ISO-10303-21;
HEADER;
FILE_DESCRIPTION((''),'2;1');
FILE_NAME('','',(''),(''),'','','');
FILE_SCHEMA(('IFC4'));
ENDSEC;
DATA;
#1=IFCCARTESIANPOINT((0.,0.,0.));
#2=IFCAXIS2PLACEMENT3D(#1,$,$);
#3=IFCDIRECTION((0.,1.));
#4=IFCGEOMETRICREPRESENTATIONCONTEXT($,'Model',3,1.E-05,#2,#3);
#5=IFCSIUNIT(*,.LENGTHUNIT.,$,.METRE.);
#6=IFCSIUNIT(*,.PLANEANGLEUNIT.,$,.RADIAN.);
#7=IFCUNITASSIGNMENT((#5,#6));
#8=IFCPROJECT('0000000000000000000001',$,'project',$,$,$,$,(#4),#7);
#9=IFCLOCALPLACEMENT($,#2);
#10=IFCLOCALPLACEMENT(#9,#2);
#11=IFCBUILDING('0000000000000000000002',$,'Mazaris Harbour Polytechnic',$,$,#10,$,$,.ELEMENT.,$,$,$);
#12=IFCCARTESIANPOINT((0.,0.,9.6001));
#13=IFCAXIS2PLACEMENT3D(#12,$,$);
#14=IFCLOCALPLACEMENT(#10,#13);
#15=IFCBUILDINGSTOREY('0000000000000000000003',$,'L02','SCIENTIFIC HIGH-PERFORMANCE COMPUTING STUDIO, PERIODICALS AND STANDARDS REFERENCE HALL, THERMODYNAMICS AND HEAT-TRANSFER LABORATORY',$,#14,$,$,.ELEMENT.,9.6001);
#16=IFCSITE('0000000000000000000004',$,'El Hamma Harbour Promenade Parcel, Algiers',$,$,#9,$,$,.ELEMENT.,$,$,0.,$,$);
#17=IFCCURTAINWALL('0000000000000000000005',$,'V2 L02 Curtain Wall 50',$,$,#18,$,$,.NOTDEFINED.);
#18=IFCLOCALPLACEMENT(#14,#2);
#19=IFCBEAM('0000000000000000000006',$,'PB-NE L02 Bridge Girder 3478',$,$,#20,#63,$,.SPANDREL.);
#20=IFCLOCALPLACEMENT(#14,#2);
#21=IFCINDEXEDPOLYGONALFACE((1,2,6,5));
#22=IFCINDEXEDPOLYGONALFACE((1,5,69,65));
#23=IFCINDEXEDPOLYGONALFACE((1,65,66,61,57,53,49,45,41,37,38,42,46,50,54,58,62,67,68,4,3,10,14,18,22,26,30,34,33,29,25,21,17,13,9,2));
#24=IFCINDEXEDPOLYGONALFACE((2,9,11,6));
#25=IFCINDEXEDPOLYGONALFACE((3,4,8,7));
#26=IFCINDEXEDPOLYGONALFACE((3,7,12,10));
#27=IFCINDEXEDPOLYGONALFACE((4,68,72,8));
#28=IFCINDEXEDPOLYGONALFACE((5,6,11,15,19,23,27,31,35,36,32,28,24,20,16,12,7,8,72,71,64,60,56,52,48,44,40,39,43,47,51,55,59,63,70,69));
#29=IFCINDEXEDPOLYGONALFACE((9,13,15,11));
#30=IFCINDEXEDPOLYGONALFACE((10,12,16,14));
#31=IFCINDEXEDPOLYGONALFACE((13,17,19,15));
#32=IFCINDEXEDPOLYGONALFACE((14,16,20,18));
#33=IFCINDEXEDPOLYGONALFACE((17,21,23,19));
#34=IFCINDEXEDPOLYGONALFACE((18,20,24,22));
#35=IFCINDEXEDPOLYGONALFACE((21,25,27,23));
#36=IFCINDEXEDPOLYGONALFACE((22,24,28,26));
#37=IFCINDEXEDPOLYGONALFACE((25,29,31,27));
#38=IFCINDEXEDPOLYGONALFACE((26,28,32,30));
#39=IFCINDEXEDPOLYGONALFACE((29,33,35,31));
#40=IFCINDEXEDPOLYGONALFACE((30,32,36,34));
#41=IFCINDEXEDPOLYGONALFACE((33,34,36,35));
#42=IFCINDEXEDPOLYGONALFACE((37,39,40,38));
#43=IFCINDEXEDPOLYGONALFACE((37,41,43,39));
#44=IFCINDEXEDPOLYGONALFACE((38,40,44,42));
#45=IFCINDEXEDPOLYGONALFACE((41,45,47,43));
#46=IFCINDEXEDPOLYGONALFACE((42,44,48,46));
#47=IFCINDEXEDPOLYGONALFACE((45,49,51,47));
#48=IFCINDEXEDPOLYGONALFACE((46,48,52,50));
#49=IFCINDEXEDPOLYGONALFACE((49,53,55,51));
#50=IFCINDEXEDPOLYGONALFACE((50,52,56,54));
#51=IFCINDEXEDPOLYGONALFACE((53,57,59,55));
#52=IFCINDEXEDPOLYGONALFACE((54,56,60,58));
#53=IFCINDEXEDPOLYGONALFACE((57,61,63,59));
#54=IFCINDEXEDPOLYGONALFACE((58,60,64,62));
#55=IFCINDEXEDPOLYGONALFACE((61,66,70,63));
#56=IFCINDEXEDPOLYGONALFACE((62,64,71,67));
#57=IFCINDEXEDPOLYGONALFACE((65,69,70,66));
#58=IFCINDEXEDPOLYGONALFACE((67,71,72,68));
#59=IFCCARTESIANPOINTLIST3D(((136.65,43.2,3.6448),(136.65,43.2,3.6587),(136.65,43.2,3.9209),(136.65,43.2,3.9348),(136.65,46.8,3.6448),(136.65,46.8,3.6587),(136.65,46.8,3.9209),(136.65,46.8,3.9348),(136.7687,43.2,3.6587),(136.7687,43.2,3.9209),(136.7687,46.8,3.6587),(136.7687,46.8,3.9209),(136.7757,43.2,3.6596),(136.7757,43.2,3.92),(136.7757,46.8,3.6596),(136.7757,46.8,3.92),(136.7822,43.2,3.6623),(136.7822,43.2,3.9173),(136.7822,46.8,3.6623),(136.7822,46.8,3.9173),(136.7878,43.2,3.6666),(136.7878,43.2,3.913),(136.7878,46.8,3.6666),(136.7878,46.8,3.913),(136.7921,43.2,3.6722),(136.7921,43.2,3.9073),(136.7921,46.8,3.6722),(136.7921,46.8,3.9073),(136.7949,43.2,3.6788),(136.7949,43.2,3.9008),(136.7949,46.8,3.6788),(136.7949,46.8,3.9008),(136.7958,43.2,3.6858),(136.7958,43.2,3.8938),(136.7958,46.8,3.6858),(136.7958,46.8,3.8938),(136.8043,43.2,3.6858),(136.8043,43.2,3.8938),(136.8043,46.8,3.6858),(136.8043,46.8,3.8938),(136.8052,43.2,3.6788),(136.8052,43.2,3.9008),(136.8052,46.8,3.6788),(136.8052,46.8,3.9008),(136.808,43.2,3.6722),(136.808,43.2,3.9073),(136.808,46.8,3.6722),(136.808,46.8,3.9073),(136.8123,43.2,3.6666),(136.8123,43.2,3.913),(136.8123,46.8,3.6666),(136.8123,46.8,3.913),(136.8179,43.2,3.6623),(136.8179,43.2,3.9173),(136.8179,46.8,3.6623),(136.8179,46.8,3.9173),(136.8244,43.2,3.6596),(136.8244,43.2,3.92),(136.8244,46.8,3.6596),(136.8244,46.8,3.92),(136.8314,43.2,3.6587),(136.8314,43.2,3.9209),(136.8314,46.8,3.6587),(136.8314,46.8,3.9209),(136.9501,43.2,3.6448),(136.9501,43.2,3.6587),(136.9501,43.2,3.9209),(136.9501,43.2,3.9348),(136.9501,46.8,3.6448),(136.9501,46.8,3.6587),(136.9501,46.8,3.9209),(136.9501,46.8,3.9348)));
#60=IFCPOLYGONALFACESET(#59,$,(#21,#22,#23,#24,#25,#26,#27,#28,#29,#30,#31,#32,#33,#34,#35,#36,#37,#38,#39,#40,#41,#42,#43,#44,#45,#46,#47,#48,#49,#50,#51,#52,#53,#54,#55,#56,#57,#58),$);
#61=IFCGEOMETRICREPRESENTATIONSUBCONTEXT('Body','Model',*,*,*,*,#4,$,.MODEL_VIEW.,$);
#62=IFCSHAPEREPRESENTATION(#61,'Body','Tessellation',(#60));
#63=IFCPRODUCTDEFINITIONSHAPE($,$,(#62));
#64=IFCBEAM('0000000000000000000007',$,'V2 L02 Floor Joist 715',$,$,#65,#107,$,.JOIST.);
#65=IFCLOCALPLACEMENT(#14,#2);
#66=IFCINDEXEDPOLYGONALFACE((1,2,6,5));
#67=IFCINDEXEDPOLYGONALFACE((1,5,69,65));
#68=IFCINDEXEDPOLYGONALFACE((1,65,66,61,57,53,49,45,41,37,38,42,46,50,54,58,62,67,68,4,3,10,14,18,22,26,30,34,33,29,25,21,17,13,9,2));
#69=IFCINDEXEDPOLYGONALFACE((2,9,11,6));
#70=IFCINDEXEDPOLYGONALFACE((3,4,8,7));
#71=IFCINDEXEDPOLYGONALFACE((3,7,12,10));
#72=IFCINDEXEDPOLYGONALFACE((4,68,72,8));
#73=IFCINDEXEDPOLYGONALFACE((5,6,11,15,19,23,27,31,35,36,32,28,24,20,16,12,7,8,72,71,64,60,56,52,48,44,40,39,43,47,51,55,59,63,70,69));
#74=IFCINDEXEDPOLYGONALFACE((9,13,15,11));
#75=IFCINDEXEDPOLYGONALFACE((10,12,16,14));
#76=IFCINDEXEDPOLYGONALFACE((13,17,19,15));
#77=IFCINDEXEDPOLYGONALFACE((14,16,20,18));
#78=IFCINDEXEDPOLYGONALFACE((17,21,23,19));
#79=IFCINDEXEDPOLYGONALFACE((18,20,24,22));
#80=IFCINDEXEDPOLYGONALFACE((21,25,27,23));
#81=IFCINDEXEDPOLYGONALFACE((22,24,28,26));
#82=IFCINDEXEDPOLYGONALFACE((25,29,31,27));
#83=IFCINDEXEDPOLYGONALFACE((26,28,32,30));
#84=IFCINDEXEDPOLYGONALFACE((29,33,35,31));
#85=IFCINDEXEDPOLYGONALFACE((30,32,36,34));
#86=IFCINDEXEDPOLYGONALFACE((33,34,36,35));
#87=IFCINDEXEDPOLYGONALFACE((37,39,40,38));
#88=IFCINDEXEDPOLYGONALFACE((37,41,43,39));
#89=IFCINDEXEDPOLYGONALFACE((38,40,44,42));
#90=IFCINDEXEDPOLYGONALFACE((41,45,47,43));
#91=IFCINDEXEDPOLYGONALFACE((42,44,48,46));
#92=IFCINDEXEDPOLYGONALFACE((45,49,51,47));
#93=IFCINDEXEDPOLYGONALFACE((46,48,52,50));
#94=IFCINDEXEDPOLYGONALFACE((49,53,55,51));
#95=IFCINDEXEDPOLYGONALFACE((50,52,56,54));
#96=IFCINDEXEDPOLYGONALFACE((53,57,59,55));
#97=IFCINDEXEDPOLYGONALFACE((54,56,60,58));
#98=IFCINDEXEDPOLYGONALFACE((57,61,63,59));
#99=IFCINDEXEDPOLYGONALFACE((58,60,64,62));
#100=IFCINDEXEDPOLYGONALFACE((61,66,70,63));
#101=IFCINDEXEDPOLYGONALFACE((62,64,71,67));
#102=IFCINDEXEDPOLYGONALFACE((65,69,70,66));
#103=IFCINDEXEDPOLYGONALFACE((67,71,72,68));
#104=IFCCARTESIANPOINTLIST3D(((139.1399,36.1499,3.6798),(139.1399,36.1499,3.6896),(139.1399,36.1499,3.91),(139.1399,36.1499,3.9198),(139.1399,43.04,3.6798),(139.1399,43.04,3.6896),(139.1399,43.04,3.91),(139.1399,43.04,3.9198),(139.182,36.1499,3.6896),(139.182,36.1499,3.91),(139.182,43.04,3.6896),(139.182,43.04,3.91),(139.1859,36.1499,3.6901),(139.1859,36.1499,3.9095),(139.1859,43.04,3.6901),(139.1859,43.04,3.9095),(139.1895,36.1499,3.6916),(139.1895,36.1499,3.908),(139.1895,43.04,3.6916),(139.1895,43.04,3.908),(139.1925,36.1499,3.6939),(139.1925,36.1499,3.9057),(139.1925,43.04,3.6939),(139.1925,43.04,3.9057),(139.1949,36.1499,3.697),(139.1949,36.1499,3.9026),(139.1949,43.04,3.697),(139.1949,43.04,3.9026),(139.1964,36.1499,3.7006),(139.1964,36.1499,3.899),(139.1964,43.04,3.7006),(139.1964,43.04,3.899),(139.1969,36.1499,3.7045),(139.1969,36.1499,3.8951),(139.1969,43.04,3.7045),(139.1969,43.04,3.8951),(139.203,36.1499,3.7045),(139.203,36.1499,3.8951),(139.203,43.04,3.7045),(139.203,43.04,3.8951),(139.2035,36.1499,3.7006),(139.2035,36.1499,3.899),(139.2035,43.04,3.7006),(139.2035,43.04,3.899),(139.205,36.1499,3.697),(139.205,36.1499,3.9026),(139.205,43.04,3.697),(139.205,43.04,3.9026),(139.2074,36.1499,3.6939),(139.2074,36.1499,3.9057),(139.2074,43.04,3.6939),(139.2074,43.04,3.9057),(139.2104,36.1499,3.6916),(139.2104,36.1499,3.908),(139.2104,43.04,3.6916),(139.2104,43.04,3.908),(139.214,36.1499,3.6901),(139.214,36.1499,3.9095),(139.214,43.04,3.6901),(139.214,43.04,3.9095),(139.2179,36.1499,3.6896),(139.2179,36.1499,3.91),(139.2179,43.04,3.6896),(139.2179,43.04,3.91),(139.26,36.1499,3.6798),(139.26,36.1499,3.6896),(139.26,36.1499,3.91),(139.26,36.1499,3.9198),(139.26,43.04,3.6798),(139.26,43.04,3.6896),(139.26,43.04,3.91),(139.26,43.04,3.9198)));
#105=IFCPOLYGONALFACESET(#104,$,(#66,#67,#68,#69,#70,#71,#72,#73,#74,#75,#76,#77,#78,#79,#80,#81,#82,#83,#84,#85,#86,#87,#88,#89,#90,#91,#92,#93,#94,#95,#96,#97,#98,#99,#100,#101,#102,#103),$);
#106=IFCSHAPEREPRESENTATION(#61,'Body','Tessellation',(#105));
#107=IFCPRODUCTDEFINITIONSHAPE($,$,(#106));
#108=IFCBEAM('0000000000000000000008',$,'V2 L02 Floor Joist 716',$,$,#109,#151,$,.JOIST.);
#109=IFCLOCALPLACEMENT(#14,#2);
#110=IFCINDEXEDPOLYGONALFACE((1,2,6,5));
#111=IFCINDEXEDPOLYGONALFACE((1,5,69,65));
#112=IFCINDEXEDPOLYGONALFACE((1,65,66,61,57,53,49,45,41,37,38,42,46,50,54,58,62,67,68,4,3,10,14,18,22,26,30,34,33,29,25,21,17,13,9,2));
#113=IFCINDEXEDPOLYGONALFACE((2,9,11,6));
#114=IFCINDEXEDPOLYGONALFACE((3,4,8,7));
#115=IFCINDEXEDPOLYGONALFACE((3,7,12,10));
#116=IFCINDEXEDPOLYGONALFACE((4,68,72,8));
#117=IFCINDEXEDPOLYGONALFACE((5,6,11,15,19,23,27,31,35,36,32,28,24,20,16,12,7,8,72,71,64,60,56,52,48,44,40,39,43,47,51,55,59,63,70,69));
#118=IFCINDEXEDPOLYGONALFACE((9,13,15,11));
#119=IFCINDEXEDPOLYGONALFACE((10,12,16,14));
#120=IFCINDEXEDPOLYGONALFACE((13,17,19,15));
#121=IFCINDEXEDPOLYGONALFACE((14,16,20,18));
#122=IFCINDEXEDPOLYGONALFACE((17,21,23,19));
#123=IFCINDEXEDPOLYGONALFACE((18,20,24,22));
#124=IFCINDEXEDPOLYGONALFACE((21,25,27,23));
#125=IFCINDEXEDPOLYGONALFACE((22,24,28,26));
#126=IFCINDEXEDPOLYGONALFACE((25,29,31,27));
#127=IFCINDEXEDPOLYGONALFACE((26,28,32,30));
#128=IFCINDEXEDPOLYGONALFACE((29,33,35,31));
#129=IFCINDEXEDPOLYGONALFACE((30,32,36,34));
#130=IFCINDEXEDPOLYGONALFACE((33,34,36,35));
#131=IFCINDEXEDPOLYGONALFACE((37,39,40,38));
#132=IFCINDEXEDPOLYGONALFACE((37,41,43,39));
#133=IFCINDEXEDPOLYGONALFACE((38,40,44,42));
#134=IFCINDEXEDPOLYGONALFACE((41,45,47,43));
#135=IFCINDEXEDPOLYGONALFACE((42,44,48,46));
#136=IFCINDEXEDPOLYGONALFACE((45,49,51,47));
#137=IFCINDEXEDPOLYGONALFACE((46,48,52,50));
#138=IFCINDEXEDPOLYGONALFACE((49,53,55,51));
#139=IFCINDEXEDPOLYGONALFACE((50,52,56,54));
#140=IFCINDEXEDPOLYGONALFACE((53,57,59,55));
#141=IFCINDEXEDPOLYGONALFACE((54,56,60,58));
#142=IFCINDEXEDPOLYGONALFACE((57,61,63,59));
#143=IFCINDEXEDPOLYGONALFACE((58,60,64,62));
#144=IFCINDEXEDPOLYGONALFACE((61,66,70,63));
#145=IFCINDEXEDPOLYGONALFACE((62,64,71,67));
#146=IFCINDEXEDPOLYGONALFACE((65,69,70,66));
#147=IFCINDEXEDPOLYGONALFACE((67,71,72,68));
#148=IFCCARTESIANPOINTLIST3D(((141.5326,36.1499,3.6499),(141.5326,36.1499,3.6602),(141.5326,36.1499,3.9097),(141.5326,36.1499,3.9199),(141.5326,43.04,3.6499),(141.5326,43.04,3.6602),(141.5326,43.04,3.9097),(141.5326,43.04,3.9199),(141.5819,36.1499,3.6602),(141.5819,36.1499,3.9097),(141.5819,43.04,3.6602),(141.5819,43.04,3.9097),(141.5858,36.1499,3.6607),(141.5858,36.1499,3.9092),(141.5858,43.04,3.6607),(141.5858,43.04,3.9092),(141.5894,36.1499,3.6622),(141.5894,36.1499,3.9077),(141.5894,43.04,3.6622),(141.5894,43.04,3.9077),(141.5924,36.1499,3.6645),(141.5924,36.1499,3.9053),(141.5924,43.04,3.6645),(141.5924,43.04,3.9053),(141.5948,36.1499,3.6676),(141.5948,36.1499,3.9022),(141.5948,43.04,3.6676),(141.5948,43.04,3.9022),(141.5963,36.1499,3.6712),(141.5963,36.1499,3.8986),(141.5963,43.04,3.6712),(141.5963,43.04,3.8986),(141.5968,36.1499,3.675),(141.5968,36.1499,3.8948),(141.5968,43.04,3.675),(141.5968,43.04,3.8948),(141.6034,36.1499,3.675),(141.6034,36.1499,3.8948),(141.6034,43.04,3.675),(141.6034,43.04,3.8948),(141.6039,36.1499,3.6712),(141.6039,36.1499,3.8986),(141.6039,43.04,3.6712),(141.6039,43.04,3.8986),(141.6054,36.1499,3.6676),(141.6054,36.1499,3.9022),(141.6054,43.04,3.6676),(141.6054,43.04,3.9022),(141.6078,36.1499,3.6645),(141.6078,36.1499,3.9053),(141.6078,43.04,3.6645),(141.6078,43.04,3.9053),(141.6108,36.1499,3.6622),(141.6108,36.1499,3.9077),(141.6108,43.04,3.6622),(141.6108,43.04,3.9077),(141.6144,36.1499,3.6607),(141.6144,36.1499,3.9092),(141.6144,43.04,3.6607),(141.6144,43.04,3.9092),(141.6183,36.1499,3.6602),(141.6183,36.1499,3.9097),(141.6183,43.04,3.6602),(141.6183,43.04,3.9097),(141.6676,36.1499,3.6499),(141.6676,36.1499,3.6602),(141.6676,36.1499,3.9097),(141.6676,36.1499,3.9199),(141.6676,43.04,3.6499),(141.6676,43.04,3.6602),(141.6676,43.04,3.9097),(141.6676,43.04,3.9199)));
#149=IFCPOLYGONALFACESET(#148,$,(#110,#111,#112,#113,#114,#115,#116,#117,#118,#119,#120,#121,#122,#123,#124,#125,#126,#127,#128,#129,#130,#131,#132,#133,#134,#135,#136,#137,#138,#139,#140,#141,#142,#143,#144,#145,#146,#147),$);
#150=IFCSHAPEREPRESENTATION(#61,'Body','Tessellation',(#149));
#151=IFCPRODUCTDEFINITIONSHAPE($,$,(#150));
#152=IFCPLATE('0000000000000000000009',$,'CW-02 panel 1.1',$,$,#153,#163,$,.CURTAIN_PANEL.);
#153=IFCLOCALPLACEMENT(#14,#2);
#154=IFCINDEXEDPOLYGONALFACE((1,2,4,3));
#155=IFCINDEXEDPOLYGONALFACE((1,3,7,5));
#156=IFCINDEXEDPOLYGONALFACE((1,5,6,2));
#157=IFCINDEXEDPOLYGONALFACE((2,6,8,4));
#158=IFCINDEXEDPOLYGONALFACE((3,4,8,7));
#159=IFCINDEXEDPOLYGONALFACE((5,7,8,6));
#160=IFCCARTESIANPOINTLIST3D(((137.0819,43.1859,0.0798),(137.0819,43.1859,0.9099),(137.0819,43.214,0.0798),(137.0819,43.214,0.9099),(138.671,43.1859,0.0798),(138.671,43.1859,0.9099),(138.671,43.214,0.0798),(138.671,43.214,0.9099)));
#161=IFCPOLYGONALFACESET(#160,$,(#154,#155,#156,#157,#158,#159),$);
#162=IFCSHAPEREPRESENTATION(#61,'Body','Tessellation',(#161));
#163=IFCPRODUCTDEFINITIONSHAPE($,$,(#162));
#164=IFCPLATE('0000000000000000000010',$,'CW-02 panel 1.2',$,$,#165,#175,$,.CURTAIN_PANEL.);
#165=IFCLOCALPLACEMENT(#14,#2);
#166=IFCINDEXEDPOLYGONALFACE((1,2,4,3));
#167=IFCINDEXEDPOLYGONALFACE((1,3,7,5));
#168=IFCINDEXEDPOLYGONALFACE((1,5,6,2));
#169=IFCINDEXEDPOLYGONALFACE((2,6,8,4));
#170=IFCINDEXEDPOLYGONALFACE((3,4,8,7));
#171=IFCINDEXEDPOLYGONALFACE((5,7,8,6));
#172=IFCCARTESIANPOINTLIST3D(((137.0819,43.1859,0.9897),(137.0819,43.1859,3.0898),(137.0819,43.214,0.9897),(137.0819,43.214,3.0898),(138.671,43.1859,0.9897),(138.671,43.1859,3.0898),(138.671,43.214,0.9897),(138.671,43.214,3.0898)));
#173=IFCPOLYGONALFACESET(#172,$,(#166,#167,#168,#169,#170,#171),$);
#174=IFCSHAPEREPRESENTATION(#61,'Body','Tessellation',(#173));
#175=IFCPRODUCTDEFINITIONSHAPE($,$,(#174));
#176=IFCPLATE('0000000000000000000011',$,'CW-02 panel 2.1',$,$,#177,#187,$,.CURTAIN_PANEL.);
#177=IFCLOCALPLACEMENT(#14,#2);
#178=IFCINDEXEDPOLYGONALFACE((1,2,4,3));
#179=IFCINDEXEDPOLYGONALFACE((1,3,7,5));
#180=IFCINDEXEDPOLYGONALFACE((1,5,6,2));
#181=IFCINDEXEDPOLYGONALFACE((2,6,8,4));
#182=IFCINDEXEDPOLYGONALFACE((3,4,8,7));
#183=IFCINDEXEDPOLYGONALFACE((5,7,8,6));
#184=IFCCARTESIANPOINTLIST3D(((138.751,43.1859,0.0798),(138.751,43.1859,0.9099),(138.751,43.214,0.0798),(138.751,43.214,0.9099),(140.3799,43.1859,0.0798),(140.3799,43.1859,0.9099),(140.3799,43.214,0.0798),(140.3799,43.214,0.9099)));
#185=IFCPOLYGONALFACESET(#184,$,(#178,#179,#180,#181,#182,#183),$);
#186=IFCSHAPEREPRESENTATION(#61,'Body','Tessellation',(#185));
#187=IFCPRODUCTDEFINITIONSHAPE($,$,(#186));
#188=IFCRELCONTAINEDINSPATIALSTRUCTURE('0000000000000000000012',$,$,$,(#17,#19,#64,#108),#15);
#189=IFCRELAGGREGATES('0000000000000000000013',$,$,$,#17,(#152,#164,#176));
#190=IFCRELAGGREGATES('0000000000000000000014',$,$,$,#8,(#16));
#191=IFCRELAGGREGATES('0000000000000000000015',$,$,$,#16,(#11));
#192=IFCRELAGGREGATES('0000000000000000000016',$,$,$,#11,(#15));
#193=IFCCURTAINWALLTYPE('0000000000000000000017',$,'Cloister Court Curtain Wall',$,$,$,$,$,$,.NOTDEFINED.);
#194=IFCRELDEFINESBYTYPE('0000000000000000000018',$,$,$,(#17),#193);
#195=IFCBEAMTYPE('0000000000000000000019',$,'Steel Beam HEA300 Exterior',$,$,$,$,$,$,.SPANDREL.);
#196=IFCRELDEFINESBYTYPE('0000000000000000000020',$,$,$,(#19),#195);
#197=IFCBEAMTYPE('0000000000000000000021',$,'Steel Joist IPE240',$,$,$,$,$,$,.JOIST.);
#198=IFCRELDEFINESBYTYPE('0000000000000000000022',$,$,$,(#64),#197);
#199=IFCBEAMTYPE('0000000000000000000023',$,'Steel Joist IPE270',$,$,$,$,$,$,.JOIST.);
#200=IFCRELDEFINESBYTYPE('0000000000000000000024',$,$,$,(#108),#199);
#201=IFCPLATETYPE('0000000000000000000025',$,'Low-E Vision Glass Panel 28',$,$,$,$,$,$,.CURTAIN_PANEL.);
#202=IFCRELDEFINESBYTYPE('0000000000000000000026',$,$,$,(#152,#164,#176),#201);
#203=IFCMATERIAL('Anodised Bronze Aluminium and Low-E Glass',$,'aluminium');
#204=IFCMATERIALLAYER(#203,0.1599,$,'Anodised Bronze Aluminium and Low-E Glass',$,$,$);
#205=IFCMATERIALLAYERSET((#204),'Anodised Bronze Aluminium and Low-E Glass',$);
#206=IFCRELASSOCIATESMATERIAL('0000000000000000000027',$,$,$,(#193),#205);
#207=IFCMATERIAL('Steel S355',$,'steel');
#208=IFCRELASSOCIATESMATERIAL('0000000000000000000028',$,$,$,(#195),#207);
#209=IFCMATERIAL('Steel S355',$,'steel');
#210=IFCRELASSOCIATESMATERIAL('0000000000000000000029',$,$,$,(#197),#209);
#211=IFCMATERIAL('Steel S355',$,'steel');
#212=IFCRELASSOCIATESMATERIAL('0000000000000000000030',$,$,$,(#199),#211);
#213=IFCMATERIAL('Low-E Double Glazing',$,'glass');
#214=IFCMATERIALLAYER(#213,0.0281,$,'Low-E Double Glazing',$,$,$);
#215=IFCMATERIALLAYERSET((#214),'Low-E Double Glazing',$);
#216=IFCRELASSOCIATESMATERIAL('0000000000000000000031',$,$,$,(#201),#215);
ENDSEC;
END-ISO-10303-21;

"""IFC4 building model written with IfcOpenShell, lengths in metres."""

from ifc_helpers import new_model, si_unit, direction, frame, origin, origin_2d, place, context, subcontext, project, spatial, rectangle, i_section, extrude, material, layer, layer_set, material_profile, profile_set, type_object, element, aggregate, save


model = new_model("IFC4")

# Units and contexts
model_context = context("Model", 3, precision=1e-05, world=origin(), true_north=direction((0.0, 1.0)))
body_context = subcontext(model_context, "Body", "Model", "MODEL_VIEW")
ifc_project = project(units=[si_unit("LENGTHUNIT", "METRE"), si_unit("PLANEANGLEUNIT", "RADIAN")], contexts=[model_context])

# Site, building, storey
site_placement = place(None, origin())
site = spatial("IfcSite", under=ifc_project, at=site_placement, Name="El Hamma Harbour Promenade Parcel, Algiers", CompositionType="ELEMENT", RefElevation=0.0)
building_placement = place(site_placement, origin())
building = spatial("IfcBuilding", under=site, at=building_placement, Name="Mazaris Harbour Polytechnic", CompositionType="ELEMENT")
storey_placement = place(building_placement, frame((0.0, 0.0, 9.6001)))
storey = spatial("IfcBuildingStorey", under=building, at=storey_placement, Name="L02", Description="SCIENTIFIC HIGH-PERFORMANCE COMPUTING STUDIO, PERIODICALS AND STANDARDS REFERENCE HALL, THERMODYNAMICS AND HEAT-TRANSFER LABORATORY", CompositionType="ELEMENT", Elevation=9.6001)

# Curtain wall
ifc_material_1 = material(Name="Anodised Bronze Aluminium and Low-E Glass", Category="aluminium")
ifc_layer_1 = layer(ifc_material_1, 0.1599, Name="Anodised Bronze Aluminium and Low-E Glass")
ifc_layer_set_1 = layer_set([ifc_layer_1], Name="Anodised Bronze Aluminium and Low-E Glass")
curtain_wall_type_1 = type_object("IfcCurtainWallType", Name="Cloister Court Curtain Wall", PredefinedType="NOTDEFINED", material=ifc_layer_set_1)
curtain_wall_1_placement = place(storey_placement, origin())
curtain_wall_1 = element("IfcCurtainWall", 1, at=curtain_wall_1_placement, inside=storey, type_object=curtain_wall_type_1, Name="V2 L02 Curtain Wall 50", PredefinedType="NOTDEFINED")

# Beams
ifc_material_2 = material(Name="Steel S355", Category="steel")
ifc_material_profile_1 = material_profile(ifc_material_2, i_section(OverallWidth=0.3, OverallDepth=0.29, WebThickness=0.0085, FlangeThickness=0.0139, FilletRadius=0.0271, at=origin_2d()), Name="HEA 300")
ifc_profile_set_1 = profile_set([ifc_material_profile_1], Name="Steel S355")
beam_type_1 = type_object("IfcBeamType", Name="Steel Beam HEA300 Exterior", PredefinedType="SPANDREL", material=ifc_profile_set_1)
beam_1_placement = place(storey_placement, frame((136.8, 43.2, 3.7898), z_axis=(0.0, 1.0, 0.0), x_axis=(-1.0, 0.0, 0.0)))
element("IfcBeam", 2, at=beam_1_placement, inside=storey, type_object=beam_type_1, Name="PB-NE L02 Bridge Girder 3478", PredefinedType="SPANDREL", context=body_context, shape_type="SweptSolid", body=[
    extrude(i_section(OverallWidth=0.3, OverallDepth=0.29, WebThickness=0.0085, FlangeThickness=0.0139, FilletRadius=0.0271, at=origin_2d()), origin(), (0.0, 0.0, 1.0), 3.6001),
])
ifc_material_3 = material(Name="Steel S355", Category="steel")
ifc_material_profile_2 = material_profile(ifc_material_3, i_section(OverallWidth=0.1201, OverallDepth=0.24, WebThickness=0.0061, FlangeThickness=0.0098, FilletRadius=0.0149, at=origin_2d()), Name="IPE 240")
ifc_profile_set_2 = profile_set([ifc_material_profile_2], Name="Steel S355")
beam_type_2 = type_object("IfcBeamType", Name="Steel Joist IPE240", PredefinedType="JOIST", material=ifc_profile_set_2)
beam_2_placement = place(storey_placement, frame((139.2, 36.1499, 3.7998), z_axis=(0.0, 1.0, 0.0), x_axis=(-1.0, 0.0, 0.0)))
element("IfcBeam", 3, at=beam_2_placement, inside=storey, type_object=beam_type_2, Name="V2 L02 Floor Joist 715", PredefinedType="JOIST", context=body_context, shape_type="SweptSolid", body=[
    extrude(i_section(OverallWidth=0.1201, OverallDepth=0.24, WebThickness=0.0061, FlangeThickness=0.0098, FilletRadius=0.0149, at=origin_2d()), origin(), (0.0, 0.0, 1.0), 6.8901),
])
ifc_material_4 = material(Name="Steel S355", Category="steel")
ifc_material_profile_3 = material_profile(ifc_material_4, i_section(OverallWidth=0.135, OverallDepth=0.27, WebThickness=0.0066, FlangeThickness=0.0103, FilletRadius=0.0149, at=origin_2d()), Name="IPE 270")
ifc_profile_set_3 = profile_set([ifc_material_profile_3], Name="Steel S355")
beam_type_3 = type_object("IfcBeamType", Name="Steel Joist IPE270", PredefinedType="JOIST", material=ifc_profile_set_3)
beam_3_placement = place(storey_placement, frame((141.6001, 36.1499, 3.7849), z_axis=(0.0, 1.0, 0.0), x_axis=(-1.0, 0.0, 0.0)))
element("IfcBeam", 4, at=beam_3_placement, inside=storey, type_object=beam_type_3, Name="V2 L02 Floor Joist 716", PredefinedType="JOIST", context=body_context, shape_type="SweptSolid", body=[
    extrude(i_section(OverallWidth=0.135, OverallDepth=0.27, WebThickness=0.0066, FlangeThickness=0.0103, FilletRadius=0.0149, at=origin_2d()), origin(), (0.0, 0.0, 1.0), 6.8901),
])

# Plates
ifc_material_5 = material(Name="Low-E Double Glazing", Category="glass")
ifc_layer_2 = layer(ifc_material_5, 0.0281, Name="Low-E Double Glazing")
ifc_layer_set_2 = layer_set([ifc_layer_2], Name="Low-E Double Glazing")
plate_type = type_object("IfcPlateType", Name="Low-E Vision Glass Panel 28", PredefinedType="CURTAIN_PANEL", material=ifc_layer_set_2)
plate_1_placement = place(storey_placement, frame((137.8765, 43.2, 0.0798), z_axis=(0.0, 0.0, 1.0), x_axis=(1.0, 0.0, 0.0)))
plate_1 = element("IfcPlate", 5, at=plate_1_placement, type_object=plate_type, Name="CW-02 panel 1.1", PredefinedType="CURTAIN_PANEL", context=body_context, shape_type="SweptSolid", body=[
    extrude(rectangle(XDim=1.5891, YDim=0.0281, at=origin_2d()), origin(), (0.0, 0.0, 1.0), 0.8301),
])
plate_2_placement = place(storey_placement, frame((137.8765, 43.2, 0.9897), z_axis=(0.0, 0.0, 1.0), x_axis=(1.0, 0.0, 0.0)))
plate_2 = element("IfcPlate", 6, at=plate_2_placement, type_object=plate_type, Name="CW-02 panel 1.2", PredefinedType="CURTAIN_PANEL", context=body_context, shape_type="SweptSolid", body=[
    extrude(rectangle(XDim=1.5891, YDim=0.0281, at=origin_2d()), origin(), (0.0, 0.0, 1.0), 2.1001),
])
plate_3_placement = place(storey_placement, frame((139.5654, 43.2, 0.0798), z_axis=(0.0, 0.0, 1.0), x_axis=(1.0, 0.0, 0.0)))
plate_3 = element("IfcPlate", 7, at=plate_3_placement, type_object=plate_type, Name="CW-02 panel 2.1", PredefinedType="CURTAIN_PANEL", context=body_context, shape_type="SweptSolid", body=[
    extrude(rectangle(XDim=1.6289, YDim=0.0281, at=origin_2d()), origin(), (0.0, 0.0, 1.0), 0.8301),
])
aggregate(curtain_wall_1, [plate_1, plate_2, plate_3])

save(model, "model.ifc")
